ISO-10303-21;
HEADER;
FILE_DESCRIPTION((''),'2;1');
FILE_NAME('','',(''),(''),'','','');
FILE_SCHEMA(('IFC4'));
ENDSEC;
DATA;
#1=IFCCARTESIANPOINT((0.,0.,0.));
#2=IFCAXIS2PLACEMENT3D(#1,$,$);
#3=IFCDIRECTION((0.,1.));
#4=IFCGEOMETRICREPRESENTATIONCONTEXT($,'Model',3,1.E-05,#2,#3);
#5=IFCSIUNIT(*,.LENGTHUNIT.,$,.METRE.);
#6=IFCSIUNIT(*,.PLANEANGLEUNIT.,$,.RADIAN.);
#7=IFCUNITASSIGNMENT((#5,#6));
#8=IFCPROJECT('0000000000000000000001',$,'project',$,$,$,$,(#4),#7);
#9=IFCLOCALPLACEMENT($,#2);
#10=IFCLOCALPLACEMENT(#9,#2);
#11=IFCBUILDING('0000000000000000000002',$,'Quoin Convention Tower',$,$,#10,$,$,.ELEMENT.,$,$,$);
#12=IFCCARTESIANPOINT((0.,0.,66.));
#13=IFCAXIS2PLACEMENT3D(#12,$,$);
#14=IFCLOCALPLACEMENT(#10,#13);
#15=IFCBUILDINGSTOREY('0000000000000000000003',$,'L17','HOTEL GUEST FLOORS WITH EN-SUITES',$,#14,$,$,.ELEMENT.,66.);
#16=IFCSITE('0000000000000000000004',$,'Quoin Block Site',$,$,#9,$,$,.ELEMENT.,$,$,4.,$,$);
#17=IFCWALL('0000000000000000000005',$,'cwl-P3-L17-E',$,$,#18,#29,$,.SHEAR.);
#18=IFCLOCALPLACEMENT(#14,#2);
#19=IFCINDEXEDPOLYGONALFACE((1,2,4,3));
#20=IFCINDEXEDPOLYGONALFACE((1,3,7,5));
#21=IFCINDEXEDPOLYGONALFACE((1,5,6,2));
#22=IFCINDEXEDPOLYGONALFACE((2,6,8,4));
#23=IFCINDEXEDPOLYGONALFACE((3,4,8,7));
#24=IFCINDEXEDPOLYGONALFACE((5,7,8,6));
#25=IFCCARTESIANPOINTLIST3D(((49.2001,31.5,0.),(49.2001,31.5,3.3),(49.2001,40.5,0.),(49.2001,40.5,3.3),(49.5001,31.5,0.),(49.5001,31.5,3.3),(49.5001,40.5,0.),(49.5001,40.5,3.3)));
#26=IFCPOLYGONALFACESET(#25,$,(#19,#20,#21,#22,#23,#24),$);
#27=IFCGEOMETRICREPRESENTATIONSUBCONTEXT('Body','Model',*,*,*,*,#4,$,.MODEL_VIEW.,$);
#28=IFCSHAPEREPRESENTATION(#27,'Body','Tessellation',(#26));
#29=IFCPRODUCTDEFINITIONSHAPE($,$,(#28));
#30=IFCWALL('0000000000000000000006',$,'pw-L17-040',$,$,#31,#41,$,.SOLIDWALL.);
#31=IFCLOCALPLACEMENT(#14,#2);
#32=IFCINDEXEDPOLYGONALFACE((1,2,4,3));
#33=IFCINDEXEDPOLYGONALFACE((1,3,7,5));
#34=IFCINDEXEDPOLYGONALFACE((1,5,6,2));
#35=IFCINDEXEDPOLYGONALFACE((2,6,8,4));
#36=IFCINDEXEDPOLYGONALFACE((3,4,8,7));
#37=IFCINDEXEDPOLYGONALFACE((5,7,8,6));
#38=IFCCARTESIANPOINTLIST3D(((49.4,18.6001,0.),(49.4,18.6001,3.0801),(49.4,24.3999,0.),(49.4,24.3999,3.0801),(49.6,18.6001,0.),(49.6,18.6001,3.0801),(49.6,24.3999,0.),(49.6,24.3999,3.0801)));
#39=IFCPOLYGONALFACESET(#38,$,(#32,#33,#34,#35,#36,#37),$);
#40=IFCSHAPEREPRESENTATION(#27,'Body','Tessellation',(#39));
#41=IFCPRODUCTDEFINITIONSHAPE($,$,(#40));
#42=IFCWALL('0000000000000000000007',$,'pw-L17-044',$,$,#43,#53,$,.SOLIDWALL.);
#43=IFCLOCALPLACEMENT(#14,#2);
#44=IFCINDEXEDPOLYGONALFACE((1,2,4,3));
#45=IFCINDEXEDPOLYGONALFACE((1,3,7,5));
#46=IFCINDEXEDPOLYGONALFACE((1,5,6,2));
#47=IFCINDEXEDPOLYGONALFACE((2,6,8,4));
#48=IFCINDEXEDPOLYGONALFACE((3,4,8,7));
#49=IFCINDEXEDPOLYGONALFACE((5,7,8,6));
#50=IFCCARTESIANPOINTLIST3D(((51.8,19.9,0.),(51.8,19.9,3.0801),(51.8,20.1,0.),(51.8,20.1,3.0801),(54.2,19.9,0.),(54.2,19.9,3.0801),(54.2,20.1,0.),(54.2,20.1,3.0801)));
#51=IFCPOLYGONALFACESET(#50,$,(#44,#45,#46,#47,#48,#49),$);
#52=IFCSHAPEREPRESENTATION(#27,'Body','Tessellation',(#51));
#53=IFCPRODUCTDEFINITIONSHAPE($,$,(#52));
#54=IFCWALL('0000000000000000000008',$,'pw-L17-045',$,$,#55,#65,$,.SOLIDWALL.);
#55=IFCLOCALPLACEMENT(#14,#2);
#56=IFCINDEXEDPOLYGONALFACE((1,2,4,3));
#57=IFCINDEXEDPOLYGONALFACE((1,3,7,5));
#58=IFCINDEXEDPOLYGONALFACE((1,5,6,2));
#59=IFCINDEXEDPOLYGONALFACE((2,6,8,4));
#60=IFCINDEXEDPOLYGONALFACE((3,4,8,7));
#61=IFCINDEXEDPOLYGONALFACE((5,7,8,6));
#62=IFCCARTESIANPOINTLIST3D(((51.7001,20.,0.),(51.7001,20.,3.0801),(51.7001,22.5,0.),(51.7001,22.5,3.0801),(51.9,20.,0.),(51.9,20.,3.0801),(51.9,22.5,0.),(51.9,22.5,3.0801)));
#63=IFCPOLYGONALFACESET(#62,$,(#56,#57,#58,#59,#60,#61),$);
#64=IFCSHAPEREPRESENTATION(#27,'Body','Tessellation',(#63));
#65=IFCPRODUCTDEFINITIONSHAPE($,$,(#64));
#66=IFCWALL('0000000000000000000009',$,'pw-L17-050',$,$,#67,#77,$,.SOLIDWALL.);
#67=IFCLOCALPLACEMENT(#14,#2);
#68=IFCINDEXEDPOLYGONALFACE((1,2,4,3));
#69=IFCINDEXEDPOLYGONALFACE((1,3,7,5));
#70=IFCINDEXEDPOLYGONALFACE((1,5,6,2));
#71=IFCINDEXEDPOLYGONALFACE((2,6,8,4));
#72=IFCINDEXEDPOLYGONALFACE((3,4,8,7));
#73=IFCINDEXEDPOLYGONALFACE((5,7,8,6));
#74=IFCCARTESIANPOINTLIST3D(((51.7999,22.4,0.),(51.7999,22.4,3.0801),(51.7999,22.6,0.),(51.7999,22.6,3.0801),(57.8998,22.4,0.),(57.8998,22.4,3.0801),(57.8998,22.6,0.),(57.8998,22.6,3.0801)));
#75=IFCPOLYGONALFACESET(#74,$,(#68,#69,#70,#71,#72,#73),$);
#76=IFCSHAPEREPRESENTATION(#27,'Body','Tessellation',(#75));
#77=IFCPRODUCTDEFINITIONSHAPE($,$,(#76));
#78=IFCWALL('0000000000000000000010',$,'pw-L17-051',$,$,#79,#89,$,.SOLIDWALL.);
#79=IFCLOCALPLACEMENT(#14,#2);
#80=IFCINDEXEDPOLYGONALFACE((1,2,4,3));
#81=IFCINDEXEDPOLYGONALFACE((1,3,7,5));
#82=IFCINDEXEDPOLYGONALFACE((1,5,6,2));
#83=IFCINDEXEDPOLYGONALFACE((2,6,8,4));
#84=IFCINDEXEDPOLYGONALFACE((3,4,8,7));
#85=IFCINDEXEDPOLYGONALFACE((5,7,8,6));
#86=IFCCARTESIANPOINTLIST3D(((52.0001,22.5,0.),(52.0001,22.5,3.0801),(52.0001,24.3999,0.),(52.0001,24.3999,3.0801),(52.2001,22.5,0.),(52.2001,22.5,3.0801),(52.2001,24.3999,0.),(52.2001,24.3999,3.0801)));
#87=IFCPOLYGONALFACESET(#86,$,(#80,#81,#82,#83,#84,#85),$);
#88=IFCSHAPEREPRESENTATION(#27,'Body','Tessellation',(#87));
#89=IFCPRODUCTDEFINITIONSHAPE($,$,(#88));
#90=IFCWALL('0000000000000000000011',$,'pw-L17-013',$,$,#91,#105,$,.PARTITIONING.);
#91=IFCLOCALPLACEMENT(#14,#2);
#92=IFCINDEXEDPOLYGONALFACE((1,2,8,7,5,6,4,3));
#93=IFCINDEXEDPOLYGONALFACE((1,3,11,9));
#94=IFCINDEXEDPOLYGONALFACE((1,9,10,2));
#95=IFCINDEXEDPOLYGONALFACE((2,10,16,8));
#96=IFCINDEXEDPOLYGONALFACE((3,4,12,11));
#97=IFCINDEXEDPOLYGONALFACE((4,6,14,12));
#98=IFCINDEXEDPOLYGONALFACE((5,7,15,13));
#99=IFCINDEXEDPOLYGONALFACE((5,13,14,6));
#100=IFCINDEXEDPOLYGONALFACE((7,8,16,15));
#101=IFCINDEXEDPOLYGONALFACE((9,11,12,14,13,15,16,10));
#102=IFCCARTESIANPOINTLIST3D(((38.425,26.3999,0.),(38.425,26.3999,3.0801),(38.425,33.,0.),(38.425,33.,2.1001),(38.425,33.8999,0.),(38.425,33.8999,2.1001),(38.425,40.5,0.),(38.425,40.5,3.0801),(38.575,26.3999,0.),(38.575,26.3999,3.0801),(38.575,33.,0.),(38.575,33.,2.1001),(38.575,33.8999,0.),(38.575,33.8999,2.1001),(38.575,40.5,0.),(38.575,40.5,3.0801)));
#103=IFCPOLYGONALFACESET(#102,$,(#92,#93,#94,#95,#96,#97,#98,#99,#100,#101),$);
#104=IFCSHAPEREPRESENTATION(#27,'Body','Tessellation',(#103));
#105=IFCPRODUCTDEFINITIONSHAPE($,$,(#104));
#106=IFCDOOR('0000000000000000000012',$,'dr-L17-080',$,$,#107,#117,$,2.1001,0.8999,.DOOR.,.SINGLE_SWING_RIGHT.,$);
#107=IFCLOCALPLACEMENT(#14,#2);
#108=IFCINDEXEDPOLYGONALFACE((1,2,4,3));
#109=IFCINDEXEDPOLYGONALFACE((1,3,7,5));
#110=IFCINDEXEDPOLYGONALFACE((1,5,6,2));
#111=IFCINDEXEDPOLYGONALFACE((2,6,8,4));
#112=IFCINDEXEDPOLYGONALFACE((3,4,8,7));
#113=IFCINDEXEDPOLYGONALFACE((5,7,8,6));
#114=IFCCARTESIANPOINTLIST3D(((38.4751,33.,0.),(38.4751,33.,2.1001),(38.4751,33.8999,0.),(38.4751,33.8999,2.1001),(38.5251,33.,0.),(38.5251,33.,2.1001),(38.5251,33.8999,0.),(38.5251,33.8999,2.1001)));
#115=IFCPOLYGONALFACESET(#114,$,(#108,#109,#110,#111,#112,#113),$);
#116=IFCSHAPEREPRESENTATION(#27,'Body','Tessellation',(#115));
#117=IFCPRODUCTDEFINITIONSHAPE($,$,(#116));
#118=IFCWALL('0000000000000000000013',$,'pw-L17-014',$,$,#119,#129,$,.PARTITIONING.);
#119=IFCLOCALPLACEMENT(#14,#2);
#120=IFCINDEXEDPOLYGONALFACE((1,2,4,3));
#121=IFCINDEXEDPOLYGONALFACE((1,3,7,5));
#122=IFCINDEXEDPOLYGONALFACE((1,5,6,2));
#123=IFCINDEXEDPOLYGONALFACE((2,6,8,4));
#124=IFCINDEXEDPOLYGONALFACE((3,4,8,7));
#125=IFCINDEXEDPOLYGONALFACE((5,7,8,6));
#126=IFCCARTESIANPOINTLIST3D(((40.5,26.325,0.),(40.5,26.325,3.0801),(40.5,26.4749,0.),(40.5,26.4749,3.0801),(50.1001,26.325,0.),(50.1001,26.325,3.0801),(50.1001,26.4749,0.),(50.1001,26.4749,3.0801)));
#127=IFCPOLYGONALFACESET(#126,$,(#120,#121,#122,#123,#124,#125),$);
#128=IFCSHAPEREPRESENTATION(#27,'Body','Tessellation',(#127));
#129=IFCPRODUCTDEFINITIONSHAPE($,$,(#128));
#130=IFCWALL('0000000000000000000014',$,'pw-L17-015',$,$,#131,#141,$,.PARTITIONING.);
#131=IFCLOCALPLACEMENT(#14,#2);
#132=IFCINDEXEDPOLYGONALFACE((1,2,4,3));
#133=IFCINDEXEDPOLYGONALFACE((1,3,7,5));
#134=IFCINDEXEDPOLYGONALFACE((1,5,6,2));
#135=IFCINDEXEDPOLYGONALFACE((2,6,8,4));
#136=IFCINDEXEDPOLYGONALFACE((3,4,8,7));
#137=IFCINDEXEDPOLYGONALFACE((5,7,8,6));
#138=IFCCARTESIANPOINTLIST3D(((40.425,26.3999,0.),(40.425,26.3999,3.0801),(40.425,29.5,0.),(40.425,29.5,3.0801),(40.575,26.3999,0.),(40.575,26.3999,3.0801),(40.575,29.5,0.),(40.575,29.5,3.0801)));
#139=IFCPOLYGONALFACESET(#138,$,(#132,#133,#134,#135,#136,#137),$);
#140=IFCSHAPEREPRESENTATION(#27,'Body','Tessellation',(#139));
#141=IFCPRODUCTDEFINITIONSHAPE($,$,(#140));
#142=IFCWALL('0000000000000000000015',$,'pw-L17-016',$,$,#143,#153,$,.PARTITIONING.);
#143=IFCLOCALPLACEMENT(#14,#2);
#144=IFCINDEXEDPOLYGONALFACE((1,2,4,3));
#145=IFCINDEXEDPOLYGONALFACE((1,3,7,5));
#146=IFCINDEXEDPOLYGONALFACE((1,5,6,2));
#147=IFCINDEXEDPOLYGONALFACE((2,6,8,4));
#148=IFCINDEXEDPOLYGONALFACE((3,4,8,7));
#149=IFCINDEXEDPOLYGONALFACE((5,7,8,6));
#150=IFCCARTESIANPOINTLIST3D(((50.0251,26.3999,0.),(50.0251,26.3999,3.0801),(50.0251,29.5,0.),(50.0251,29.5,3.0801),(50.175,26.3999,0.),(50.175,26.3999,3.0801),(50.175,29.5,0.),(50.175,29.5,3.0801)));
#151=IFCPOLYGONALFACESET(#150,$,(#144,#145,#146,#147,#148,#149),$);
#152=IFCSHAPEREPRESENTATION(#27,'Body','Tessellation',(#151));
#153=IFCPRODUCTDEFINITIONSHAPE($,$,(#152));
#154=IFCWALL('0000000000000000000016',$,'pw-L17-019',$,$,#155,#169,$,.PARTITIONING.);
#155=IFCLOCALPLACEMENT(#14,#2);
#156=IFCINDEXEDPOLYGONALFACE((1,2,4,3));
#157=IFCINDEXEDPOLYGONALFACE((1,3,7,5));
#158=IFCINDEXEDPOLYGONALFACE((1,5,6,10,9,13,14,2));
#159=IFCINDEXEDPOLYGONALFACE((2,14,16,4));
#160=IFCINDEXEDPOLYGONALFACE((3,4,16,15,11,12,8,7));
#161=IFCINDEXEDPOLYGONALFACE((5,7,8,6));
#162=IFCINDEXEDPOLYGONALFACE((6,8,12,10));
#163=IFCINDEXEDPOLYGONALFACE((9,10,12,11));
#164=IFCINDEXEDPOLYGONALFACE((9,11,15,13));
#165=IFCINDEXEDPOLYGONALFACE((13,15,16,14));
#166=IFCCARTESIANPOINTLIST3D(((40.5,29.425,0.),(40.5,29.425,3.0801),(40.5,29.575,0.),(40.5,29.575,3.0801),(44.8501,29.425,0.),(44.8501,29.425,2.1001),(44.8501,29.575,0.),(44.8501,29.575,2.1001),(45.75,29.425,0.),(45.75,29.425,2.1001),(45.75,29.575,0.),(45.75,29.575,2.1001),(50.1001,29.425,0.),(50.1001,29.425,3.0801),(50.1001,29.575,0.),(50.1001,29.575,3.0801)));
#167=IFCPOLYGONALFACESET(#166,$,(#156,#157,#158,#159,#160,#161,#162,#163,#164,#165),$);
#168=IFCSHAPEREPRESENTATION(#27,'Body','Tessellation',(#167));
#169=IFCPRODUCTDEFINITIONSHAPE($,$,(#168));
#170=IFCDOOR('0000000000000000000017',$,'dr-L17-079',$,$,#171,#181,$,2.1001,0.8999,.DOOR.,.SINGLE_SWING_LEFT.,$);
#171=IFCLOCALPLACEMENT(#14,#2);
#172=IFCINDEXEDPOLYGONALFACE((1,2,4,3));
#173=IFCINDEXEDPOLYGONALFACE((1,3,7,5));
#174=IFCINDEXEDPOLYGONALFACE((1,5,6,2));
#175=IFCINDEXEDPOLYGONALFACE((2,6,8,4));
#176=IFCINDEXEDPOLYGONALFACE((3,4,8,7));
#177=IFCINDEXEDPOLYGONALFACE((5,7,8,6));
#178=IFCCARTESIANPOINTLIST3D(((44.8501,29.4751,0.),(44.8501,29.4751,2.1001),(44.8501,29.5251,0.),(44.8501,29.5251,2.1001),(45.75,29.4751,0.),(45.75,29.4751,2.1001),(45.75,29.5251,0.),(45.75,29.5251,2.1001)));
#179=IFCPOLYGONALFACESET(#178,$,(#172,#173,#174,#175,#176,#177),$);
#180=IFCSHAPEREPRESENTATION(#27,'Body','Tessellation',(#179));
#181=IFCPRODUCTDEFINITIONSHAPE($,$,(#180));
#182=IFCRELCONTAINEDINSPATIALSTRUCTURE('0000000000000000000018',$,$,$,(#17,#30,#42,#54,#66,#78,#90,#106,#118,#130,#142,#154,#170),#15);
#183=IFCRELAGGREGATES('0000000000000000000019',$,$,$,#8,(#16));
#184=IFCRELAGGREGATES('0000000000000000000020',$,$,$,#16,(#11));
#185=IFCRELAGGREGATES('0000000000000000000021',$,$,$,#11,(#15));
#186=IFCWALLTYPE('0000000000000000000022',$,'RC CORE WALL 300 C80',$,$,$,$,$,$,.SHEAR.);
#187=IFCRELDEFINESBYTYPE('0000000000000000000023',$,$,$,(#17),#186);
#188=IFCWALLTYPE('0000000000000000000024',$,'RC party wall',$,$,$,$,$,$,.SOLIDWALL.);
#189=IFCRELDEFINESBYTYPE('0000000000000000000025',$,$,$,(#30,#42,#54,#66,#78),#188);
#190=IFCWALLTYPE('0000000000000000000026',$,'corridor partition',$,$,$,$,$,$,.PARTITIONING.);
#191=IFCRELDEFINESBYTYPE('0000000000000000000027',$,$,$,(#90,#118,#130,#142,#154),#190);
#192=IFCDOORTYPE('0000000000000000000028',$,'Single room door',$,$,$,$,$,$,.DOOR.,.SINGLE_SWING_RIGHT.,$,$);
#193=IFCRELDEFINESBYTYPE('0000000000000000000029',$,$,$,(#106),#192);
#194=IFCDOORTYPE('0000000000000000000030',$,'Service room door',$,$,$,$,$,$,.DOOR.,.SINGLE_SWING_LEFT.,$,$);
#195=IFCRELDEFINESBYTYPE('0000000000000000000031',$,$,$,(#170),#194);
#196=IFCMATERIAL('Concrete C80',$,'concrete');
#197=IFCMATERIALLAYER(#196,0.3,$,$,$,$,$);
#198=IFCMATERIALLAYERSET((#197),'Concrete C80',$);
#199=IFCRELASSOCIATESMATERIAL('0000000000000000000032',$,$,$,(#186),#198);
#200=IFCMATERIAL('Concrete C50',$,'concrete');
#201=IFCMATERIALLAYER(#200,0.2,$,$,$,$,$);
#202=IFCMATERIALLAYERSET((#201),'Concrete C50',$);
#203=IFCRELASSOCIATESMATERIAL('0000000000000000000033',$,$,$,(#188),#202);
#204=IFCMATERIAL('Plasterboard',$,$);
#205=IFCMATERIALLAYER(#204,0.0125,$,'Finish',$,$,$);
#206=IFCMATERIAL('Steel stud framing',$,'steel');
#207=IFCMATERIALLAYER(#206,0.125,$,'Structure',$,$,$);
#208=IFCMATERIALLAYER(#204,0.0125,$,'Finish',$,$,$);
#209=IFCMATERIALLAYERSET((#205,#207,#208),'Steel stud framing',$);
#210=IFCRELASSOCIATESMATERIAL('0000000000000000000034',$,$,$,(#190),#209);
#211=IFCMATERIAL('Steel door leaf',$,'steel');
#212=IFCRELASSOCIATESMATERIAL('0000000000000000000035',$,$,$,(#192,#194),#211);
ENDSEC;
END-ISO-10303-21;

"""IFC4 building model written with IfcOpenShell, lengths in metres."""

from ifc_helpers import new_model, si_unit, direction, frame, frame_2d, origin, place, context, subcontext, project, spatial, rectangle, extrude, material, layer, layer_set, type_object, element, fill, save


model = new_model("IFC4")

# Units and contexts
model_context = context("Model", 3, precision=1e-05, world=origin(), true_north=direction((0.0, 1.0)))
body_context = subcontext(model_context, "Body", "Model", "MODEL_VIEW")
ifc_project = project(units=[si_unit("LENGTHUNIT", "METRE"), si_unit("PLANEANGLEUNIT", "RADIAN")], contexts=[model_context])

# Site, building, storey
site_placement = place(None, origin())
site = spatial("IfcSite", under=ifc_project, at=site_placement, Name="Quoin Block Site", CompositionType="ELEMENT", RefElevation=4.0)
building_placement = place(site_placement, origin())
building = spatial("IfcBuilding", under=site, at=building_placement, Name="Quoin Convention Tower", CompositionType="ELEMENT")
storey_placement = place(building_placement, frame((0.0, 0.0, 66.0)))
storey = spatial("IfcBuildingStorey", under=building, at=storey_placement, Name="L17", Description="HOTEL GUEST FLOORS WITH EN-SUITES", CompositionType="ELEMENT", Elevation=66.0)

# Shared definitions
ifc_material_1 = material(Name="Concrete C80", Category="concrete")

# Shared definitions
ifc_material_2 = material(Name="Concrete C50", Category="concrete")

# Shared definitions
ifc_layer_1 = layer(ifc_material_1, 0.3)
ifc_layer_set_1 = layer_set([ifc_layer_1], Name="Concrete C80")
wall_type_1 = type_object("IfcWallType", Name="RC CORE WALL 300 C80", PredefinedType="SHEAR", material=ifc_layer_set_1)
ifc_material_3 = material(Name="Steel door leaf", Category="steel")

# Walls
wall_1_placement = place(storey_placement, frame((49.3501, 31.5, 0.0), z_axis=(0.0, 0.0, 1.0), x_axis=(0.0, 1.0, 0.0)))
element("IfcWall", 1, at=wall_1_placement, inside=storey, type_object=wall_type_1, Name="cwl-P3-L17-E", PredefinedType="SHEAR", context=body_context, shape_type="SweptSolid", body=[
    extrude(rectangle(XDim=9.0, YDim=0.3, at=frame_2d((4.5, 0.0))), origin(), (0.0, 0.0, 1.0), 3.3),
])
ifc_layer_2 = layer(ifc_material_2, 0.2)
ifc_layer_set_2 = layer_set([ifc_layer_2], Name="Concrete C50")
wall_type_2 = type_object("IfcWallType", Name="RC party wall", PredefinedType="SOLIDWALL", material=ifc_layer_set_2)
wall_2_placement = place(storey_placement, frame((49.5, 18.6001, 0.0), z_axis=(0.0, 0.0, 1.0), x_axis=(0.0, 1.0, 0.0)))
element("IfcWall", 2, at=wall_2_placement, inside=storey, type_object=wall_type_2, Name="pw-L17-040", PredefinedType="SOLIDWALL", context=body_context, shape_type="SweptSolid", body=[
    extrude(rectangle(XDim=5.7998, YDim=0.2, at=frame_2d((2.8999, 0.0))), origin(), (0.0, 0.0, 1.0), 3.0801),
])
wall_3_placement = place(storey_placement, frame((51.8, 20.0, 0.0), z_axis=(0.0, 0.0, 1.0), x_axis=(1.0, 0.0, 0.0)))
element("IfcWall", 3, at=wall_3_placement, inside=storey, type_object=wall_type_2, Name="pw-L17-044", PredefinedType="SOLIDWALL", context=body_context, shape_type="SweptSolid", body=[
    extrude(rectangle(XDim=2.3999, YDim=0.2, at=frame_2d((1.2, 0.0))), origin(), (0.0, 0.0, 1.0), 3.0801),
])
wall_4_placement = place(storey_placement, frame((51.8, 20.0, 0.0), z_axis=(0.0, 0.0, 1.0), x_axis=(0.0, 1.0, 0.0)))
element("IfcWall", 4, at=wall_4_placement, inside=storey, type_object=wall_type_2, Name="pw-L17-045", PredefinedType="SOLIDWALL", context=body_context, shape_type="SweptSolid", body=[
    extrude(rectangle(XDim=2.5, YDim=0.2, at=frame_2d((1.25, 0.0))), origin(), (0.0, 0.0, 1.0), 3.0801),
])
wall_5_placement = place(storey_placement, frame((51.8, 22.5, 0.0), z_axis=(0.0, 0.0, 1.0), x_axis=(1.0, 0.0, 0.0)))
element("IfcWall", 5, at=wall_5_placement, inside=storey, type_object=wall_type_2, Name="pw-L17-050", PredefinedType="SOLIDWALL", context=body_context, shape_type="SweptSolid", body=[
    extrude(rectangle(XDim=6.0999, YDim=0.2, at=frame_2d((3.0498, 0.0))), origin(), (0.0, 0.0, 1.0), 3.0801),
])
wall_6_placement = place(storey_placement, frame((52.1001, 22.5, 0.0), z_axis=(0.0, 0.0, 1.0), x_axis=(0.0, 1.0, 0.0)))
element("IfcWall", 6, at=wall_6_placement, inside=storey, type_object=wall_type_2, Name="pw-L17-051", PredefinedType="SOLIDWALL", context=body_context, shape_type="SweptSolid", body=[
    extrude(rectangle(XDim=1.8999, YDim=0.2, at=frame_2d((0.95, 0.0))), origin(), (0.0, 0.0, 1.0), 3.0801),
])

# Wall, opening, door
ifc_material_4 = material(Name="Plasterboard")
ifc_layer_3 = layer(ifc_material_4, 0.0125, Name="Finish")
ifc_material_5 = material(Name="Steel stud framing", Category="steel")
ifc_layer_4 = layer(ifc_material_5, 0.125, Name="Structure")
ifc_layer_5 = layer(ifc_material_4, 0.0125, Name="Finish")
ifc_layer_set_3 = layer_set([ifc_layer_3, ifc_layer_4, ifc_layer_5], Name="Steel stud framing")
wall_type_3 = type_object("IfcWallType", Name="corridor partition", PredefinedType="PARTITIONING", material=ifc_layer_set_3)
wall_7_placement = place(storey_placement, frame((38.5, 26.3999, 0.0), z_axis=(0.0, 0.0, 1.0), x_axis=(0.0, 1.0, 0.0)))
wall_7 = element("IfcWall", 7, at=wall_7_placement, inside=storey, type_object=wall_type_3, Name="pw-L17-013", PredefinedType="PARTITIONING", context=body_context, shape_type="SweptSolid", body=[
    extrude(rectangle(XDim=14.1001, YDim=0.1499, at=frame_2d((7.05, 0.0))), origin(), (0.0, 0.0, 1.0), 3.0801),
])
opening_1_placement = place(wall_7_placement, frame((6.6001, 0.0, 0.0)))
opening_1 = element("IfcOpeningElement", 8, at=opening_1_placement, cuts=wall_7, PredefinedType="OPENING", context=body_context, shape_type="SweptSolid", body=[
    extrude(rectangle(XDim=0.8999, YDim=2.1001, at=frame_2d((0.45, 1.05))), frame((0.0, 0.085, 0.0), z_axis=(0.0, -1.0, 0.0), x_axis=(1.0, 0.0, 0.0)), (0.0, 0.0, 1.0), 0.1699),
])
door_type_1 = type_object("IfcDoorType", Name="Single room door", OperationType="SINGLE_SWING_RIGHT", PredefinedType="DOOR", material=ifc_material_3)
door_1_placement = place(opening_1_placement, origin())
door_1 = element("IfcDoor", 9, at=door_1_placement, inside=storey, type_object=door_type_1, Name="dr-L17-080", OperationType="SINGLE_SWING_RIGHT", OverallHeight=2.1001, OverallWidth=0.8999, PredefinedType="DOOR", context=body_context, shape_type="SweptSolid", body=[
    extrude(rectangle(XDim=0.8999, YDim=2.1001, at=frame_2d((0.45, 1.05))), frame((0.0, 0.0249, 0.0), z_axis=(0.0, -1.0, 0.0), x_axis=(1.0, 0.0, 0.0)), (0.0, 0.0, 1.0), 0.05),
])
fill(opening_1, door_1)

# Walls
wall_8_placement = place(storey_placement, frame((40.5, 26.3999, 0.0), z_axis=(0.0, 0.0, 1.0), x_axis=(1.0, 0.0, 0.0)))
element("IfcWall", 10, at=wall_8_placement, inside=storey, type_object=wall_type_3, Name="pw-L17-014", PredefinedType="PARTITIONING", context=body_context, shape_type="SweptSolid", body=[
    extrude(rectangle(XDim=9.6001, YDim=0.1499, at=frame_2d((4.8, 0.0))), origin(), (0.0, 0.0, 1.0), 3.0801),
])
for number, where, z_axis, x_axis, name in (
    (11, (40.5, 26.3999, 0.0), (0.0, 0.0, 1.0), (0.0, 1.0, 0.0), "pw-L17-015"),
    (12, (50.1001, 26.3999, 0.0), (0.0, 0.0, 1.0), (0.0, 1.0, 0.0), "pw-L17-016"),
):
    element("IfcWall", number, at=place(storey_placement, frame(where, z_axis=z_axis, x_axis=x_axis)), inside=storey, type_object=wall_type_3, Name=name, PredefinedType="PARTITIONING", context=body_context, shape_type="SweptSolid", body=[
        extrude(rectangle(XDim=3.1001, YDim=0.1499, at=frame_2d((1.55, 0.0))), origin(), (0.0, 0.0, 1.0), 3.0801),
    ])

# Wall, opening, door
wall_9_placement = place(storey_placement, frame((40.5, 29.5, 0.0), z_axis=(0.0, 0.0, 1.0), x_axis=(1.0, 0.0, 0.0)))
wall_9 = element("IfcWall", 13, at=wall_9_placement, inside=storey, type_object=wall_type_3, Name="pw-L17-019", PredefinedType="PARTITIONING", context=body_context, shape_type="SweptSolid", body=[
    extrude(rectangle(XDim=9.6001, YDim=0.1499, at=frame_2d((4.8, 0.0))), origin(), (0.0, 0.0, 1.0), 3.0801),
])
opening_2_placement = place(wall_9_placement, frame((4.3501, 0.0, 0.0)))
opening_2 = element("IfcOpeningElement", 14, at=opening_2_placement, cuts=wall_9, PredefinedType="OPENING", context=body_context, shape_type="SweptSolid", body=[
    extrude(rectangle(XDim=0.8999, YDim=2.1001, at=frame_2d((0.45, 1.05))), frame((0.0, 0.085, 0.0), z_axis=(0.0, -1.0, 0.0), x_axis=(1.0, 0.0, 0.0)), (0.0, 0.0, 1.0), 0.1699),
])
door_type_2 = type_object("IfcDoorType", Name="Service room door", OperationType="SINGLE_SWING_LEFT", PredefinedType="DOOR", material=ifc_material_3)
door_2_placement = place(opening_2_placement, frame((0.8999, 0.0, 0.0), z_axis=(0.0, 0.0, 1.0), x_axis=(-1.0, 0.0, 0.0)))
door_2 = element("IfcDoor", 15, at=door_2_placement, inside=storey, type_object=door_type_2, Name="dr-L17-079", OperationType="SINGLE_SWING_LEFT", OverallHeight=2.1001, OverallWidth=0.8999, PredefinedType="DOOR", context=body_context, shape_type="SweptSolid", body=[
    extrude(rectangle(XDim=0.8999, YDim=2.1001, at=frame_2d((0.45, 1.05))), frame((0.0, 0.0249, 0.0), z_axis=(0.0, -1.0, 0.0), x_axis=(1.0, 0.0, 0.0)), (0.0, 0.0, 1.0), 0.05),
])
fill(opening_2, door_2)

save(model, "model.ifc")
